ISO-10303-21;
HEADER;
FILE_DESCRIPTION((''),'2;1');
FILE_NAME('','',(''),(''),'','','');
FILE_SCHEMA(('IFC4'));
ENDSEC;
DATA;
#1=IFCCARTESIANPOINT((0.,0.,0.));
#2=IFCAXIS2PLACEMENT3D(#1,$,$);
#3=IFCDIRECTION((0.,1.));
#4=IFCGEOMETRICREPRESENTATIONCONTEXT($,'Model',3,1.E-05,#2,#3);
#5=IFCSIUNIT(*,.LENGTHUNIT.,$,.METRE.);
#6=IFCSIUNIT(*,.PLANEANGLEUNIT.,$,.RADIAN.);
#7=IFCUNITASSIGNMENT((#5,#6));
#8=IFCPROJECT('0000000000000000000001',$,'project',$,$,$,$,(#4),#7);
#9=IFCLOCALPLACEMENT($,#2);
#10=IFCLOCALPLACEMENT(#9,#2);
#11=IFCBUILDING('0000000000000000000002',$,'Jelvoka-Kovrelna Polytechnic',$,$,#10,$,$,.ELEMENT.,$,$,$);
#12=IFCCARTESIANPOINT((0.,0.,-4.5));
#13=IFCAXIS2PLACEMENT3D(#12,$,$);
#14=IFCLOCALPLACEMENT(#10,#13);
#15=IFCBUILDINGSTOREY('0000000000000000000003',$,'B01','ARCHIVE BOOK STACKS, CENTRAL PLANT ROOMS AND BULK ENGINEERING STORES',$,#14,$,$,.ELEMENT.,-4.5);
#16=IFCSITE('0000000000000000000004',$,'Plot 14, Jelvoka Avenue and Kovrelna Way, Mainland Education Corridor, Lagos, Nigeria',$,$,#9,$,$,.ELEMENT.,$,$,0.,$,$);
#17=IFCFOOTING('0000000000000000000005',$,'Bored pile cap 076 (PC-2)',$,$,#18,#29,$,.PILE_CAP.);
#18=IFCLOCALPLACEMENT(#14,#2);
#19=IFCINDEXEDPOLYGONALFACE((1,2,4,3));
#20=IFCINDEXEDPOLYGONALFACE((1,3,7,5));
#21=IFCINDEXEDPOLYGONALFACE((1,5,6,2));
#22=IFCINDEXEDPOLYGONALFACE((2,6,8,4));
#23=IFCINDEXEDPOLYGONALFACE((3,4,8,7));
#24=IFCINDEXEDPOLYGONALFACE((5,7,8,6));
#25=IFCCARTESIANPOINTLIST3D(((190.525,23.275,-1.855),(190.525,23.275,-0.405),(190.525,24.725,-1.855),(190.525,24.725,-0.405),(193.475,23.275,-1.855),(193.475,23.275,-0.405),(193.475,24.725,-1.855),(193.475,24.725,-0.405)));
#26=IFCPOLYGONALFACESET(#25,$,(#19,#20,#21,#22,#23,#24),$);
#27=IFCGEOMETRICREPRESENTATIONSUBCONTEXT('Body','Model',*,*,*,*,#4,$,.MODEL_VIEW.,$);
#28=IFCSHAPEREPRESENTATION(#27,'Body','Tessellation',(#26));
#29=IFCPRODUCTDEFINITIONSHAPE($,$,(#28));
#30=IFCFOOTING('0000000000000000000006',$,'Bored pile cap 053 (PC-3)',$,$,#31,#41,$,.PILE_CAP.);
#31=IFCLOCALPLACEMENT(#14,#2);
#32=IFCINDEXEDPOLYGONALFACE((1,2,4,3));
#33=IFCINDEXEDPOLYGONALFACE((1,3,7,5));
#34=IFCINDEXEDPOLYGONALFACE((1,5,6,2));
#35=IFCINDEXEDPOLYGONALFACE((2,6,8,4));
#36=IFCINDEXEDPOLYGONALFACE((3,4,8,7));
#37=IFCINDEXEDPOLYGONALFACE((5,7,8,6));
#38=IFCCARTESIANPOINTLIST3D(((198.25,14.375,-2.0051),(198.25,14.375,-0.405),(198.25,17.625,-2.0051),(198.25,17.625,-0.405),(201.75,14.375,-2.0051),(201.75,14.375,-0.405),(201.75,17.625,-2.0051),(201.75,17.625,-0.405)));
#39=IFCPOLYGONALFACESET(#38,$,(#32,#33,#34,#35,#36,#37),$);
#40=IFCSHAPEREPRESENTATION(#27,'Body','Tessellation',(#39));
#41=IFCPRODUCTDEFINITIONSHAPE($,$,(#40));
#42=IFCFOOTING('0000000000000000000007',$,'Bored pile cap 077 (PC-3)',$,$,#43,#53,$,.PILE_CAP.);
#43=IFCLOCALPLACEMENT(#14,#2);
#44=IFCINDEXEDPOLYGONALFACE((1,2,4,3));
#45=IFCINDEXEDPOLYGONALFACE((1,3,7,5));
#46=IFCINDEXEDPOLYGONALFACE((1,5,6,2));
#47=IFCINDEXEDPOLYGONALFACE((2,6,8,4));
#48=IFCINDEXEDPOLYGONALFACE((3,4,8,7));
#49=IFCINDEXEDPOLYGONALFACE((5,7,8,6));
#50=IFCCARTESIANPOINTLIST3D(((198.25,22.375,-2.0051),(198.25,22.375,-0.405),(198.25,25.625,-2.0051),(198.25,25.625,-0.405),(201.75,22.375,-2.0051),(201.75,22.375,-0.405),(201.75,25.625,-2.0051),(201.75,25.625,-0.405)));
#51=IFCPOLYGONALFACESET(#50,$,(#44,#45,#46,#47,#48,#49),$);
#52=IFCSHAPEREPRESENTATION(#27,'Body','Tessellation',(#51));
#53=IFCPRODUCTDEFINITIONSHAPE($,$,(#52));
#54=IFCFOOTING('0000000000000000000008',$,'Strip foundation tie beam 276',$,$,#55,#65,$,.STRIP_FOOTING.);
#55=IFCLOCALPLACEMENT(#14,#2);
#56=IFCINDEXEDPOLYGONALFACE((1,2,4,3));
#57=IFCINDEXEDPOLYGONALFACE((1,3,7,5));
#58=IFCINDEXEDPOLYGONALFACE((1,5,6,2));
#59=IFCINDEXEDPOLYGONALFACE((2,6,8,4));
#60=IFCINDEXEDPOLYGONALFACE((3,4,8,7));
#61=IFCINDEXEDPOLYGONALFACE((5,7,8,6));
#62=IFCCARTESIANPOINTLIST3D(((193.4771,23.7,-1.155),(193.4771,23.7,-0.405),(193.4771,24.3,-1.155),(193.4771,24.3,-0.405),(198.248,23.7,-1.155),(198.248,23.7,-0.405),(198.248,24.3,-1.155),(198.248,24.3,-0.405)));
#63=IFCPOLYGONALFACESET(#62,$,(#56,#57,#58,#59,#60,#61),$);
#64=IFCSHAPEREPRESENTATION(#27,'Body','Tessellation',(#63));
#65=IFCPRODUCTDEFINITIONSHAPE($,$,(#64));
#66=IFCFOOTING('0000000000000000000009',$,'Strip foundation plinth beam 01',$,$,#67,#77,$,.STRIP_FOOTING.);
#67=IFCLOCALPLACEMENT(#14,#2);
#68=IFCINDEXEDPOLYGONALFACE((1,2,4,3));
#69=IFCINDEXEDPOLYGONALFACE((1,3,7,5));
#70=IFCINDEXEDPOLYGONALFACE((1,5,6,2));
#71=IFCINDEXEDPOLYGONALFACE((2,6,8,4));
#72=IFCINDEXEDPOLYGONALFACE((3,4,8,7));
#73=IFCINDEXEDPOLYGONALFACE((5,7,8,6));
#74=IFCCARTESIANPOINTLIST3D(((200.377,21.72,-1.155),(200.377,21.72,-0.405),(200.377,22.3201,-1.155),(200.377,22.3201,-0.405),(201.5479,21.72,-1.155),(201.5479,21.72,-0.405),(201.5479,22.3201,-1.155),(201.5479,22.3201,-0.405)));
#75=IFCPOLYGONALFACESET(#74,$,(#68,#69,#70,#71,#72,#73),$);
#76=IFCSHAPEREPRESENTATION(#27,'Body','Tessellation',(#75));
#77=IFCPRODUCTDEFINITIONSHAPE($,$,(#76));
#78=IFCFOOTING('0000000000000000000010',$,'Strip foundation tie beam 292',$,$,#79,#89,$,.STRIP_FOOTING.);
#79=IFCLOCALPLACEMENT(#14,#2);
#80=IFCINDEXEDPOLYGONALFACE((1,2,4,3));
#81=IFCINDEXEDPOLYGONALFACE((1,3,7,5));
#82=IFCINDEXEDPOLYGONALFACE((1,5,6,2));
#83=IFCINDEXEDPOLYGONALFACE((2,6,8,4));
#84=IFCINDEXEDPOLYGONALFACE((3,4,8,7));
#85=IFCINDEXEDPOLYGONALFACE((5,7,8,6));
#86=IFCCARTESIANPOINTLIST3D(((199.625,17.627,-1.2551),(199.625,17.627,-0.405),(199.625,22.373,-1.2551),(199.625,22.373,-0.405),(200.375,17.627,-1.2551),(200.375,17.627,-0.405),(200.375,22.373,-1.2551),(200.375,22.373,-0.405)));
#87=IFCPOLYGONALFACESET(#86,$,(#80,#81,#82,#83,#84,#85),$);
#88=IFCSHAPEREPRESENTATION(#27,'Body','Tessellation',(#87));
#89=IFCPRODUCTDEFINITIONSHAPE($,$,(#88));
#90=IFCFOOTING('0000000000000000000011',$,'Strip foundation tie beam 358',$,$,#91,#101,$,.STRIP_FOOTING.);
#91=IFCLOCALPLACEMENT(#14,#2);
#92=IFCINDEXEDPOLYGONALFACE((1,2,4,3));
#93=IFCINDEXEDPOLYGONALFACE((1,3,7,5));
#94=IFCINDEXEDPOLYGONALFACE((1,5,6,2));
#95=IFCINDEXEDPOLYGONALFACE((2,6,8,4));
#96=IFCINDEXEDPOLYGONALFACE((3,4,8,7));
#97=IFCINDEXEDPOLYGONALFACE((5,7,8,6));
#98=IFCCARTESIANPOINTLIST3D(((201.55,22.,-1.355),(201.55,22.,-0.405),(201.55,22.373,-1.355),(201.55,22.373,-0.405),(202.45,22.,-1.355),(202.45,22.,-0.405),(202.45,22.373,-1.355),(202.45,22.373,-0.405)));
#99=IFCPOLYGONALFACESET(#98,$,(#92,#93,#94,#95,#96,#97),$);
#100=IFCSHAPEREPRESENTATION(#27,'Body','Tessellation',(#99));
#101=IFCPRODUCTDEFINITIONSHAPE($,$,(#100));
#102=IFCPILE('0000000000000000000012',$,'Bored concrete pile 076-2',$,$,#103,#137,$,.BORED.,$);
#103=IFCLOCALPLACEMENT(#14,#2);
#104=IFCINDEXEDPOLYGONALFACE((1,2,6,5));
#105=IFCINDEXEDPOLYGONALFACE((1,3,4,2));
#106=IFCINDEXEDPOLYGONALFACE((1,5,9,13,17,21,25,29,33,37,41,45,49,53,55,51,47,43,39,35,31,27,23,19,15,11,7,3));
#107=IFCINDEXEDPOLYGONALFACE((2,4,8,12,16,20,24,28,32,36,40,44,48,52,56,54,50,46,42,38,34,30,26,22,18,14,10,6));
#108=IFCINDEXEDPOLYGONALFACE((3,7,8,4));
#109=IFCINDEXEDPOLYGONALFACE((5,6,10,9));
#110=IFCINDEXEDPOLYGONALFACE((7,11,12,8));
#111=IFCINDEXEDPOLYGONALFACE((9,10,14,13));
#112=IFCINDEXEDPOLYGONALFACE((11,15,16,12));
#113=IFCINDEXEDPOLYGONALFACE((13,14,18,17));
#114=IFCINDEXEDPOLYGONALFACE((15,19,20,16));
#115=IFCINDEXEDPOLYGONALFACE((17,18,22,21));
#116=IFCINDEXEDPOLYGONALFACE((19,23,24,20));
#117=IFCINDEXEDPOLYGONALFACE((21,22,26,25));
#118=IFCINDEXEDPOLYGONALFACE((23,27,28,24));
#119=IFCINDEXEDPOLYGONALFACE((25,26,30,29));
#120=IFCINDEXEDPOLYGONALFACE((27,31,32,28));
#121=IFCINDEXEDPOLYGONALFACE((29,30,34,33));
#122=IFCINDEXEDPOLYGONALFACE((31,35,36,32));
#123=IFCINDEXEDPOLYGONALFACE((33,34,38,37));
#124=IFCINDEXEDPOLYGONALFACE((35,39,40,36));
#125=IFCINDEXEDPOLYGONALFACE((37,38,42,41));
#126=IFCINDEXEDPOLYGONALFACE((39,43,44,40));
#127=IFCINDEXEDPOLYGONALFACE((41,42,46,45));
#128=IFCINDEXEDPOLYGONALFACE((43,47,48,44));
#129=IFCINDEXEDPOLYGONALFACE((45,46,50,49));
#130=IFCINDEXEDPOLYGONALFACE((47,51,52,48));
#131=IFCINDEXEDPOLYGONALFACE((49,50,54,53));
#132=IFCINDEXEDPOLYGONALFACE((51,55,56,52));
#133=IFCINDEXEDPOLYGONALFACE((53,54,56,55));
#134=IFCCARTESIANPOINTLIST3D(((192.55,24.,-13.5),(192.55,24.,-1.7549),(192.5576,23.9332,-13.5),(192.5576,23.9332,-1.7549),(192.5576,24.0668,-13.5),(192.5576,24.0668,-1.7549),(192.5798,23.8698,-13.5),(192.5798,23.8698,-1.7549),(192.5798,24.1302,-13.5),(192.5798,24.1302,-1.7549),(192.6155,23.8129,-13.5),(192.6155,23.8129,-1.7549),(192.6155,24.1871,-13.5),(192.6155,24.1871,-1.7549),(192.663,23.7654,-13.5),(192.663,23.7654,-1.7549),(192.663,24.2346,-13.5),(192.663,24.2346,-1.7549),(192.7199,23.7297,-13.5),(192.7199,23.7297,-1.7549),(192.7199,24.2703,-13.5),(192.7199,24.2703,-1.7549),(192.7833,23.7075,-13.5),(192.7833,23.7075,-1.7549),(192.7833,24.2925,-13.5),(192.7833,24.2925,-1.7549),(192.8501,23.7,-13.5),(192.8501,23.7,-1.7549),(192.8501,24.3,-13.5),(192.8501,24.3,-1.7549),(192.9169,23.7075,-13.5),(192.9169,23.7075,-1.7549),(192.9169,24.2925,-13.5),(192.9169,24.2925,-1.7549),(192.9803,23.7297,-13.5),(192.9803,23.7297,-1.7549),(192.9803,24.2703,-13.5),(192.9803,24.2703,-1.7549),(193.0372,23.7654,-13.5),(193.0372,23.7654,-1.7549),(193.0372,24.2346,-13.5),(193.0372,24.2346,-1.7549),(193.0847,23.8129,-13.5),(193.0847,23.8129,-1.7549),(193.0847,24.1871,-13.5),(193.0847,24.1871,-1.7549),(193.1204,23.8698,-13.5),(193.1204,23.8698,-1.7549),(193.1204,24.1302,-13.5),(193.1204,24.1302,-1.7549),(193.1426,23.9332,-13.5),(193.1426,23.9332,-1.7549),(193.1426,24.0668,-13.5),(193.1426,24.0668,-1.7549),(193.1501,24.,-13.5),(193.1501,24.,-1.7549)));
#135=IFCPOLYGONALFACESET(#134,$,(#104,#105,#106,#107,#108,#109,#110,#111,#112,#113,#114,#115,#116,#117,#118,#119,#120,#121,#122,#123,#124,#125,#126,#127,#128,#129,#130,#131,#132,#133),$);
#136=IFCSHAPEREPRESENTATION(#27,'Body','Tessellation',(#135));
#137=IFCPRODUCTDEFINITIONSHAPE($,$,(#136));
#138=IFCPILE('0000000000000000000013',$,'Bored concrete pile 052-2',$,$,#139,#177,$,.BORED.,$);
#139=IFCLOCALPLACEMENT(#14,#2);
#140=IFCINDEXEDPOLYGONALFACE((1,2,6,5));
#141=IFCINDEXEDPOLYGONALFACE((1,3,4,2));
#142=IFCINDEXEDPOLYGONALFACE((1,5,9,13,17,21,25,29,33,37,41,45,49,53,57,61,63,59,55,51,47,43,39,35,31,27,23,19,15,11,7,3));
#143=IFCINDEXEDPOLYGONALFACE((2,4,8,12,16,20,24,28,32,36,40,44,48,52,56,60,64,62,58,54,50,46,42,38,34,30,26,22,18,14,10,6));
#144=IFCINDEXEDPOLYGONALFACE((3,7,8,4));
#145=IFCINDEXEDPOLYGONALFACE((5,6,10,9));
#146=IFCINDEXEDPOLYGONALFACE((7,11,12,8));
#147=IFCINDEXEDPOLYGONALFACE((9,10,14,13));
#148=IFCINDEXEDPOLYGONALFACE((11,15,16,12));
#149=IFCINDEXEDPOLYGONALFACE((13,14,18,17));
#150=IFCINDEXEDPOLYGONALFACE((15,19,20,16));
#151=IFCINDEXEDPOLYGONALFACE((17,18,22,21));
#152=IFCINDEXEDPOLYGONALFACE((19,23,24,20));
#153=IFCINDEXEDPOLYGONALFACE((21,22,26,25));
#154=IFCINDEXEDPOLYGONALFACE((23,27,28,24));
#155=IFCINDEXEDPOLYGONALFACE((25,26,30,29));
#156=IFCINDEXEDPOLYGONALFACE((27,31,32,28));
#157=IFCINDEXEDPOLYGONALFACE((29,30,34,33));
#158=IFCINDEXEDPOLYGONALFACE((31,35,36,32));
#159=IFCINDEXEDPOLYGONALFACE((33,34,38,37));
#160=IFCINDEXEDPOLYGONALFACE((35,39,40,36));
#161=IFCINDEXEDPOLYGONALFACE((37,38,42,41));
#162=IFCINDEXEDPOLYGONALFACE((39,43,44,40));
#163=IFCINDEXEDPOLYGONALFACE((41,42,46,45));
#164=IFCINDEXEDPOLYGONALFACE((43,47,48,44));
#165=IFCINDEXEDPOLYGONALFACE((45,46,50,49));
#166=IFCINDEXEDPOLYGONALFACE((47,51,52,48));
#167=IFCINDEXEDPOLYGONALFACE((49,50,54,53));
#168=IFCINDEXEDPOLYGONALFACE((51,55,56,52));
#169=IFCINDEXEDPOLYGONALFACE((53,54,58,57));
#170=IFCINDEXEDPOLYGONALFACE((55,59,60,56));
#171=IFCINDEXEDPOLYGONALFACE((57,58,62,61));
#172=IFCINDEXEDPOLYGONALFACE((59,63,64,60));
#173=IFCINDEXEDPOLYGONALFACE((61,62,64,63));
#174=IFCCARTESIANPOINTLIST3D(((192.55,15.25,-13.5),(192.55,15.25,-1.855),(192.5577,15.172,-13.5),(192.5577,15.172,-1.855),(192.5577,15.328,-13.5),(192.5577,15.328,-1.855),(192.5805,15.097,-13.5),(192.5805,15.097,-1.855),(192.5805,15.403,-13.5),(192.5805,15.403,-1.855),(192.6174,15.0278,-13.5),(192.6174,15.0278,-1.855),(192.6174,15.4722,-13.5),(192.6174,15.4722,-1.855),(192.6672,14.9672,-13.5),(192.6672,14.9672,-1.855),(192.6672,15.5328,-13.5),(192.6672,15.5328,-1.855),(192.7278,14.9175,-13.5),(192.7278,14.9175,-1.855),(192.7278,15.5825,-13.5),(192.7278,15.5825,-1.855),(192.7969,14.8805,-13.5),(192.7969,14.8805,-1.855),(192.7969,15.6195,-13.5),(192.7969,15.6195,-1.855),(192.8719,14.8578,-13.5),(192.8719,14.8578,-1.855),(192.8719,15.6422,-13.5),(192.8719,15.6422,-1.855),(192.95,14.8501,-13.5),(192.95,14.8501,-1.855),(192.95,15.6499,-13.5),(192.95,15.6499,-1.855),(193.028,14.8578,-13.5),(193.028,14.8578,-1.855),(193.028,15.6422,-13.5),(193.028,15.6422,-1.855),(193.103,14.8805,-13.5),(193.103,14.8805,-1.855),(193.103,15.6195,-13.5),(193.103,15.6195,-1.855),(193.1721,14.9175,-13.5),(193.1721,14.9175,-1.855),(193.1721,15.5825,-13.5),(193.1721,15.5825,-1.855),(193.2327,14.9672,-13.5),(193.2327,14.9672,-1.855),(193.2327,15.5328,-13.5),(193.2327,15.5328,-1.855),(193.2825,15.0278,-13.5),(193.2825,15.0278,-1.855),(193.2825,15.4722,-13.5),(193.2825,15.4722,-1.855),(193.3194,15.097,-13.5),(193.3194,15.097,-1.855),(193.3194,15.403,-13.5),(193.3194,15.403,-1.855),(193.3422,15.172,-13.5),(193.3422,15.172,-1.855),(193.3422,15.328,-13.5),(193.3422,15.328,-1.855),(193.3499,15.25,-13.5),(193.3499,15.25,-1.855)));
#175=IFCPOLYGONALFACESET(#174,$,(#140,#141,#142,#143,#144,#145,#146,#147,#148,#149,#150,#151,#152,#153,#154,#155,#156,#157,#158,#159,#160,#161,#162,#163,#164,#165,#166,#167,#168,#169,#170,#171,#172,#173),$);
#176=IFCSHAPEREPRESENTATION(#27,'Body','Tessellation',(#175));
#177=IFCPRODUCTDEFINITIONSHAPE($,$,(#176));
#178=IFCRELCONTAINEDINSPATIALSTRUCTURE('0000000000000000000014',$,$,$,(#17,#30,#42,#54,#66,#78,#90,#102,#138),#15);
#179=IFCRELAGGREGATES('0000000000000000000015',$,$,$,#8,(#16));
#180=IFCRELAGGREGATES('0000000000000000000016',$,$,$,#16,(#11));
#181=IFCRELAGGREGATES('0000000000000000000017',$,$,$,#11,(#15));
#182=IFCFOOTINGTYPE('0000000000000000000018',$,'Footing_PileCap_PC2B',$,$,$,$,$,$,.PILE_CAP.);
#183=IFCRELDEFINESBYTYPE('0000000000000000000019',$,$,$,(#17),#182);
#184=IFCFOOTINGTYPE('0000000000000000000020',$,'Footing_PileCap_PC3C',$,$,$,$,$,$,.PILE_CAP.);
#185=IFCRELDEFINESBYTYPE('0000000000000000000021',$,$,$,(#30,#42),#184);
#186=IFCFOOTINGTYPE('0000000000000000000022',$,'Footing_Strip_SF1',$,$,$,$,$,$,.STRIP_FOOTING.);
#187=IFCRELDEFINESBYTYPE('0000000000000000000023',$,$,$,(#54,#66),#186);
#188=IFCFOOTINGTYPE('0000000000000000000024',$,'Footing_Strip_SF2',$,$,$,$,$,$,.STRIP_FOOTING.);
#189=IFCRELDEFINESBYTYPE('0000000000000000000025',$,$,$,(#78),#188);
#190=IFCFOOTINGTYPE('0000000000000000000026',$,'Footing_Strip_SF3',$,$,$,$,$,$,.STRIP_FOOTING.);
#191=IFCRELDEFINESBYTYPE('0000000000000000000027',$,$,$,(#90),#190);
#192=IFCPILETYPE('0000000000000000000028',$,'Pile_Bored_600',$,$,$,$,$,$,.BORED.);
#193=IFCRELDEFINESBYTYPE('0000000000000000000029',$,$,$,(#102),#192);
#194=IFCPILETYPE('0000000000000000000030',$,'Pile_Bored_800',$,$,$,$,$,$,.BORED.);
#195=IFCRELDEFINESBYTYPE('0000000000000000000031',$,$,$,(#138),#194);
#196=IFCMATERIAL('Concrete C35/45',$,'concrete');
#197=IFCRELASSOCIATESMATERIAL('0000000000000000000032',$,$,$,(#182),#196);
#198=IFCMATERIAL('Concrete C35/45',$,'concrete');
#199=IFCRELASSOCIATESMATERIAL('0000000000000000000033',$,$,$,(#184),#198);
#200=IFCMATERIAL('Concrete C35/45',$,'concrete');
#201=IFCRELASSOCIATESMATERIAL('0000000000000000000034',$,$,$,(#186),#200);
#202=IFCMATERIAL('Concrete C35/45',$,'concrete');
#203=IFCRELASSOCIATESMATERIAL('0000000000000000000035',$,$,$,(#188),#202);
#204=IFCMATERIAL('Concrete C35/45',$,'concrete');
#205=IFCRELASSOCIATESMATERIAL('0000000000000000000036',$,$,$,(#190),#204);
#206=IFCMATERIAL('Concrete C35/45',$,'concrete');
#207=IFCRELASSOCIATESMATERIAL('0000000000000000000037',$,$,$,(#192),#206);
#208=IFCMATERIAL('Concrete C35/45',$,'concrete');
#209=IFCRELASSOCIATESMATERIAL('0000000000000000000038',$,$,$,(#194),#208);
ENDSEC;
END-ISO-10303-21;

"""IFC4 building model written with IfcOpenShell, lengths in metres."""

from ifc_helpers import new_model, si_unit, direction, frame, origin, origin_2d, place, context, subcontext, project, spatial, rectangle, circle, extrude, material, material_profile, profile_set, type_object, element, save


model = new_model("IFC4")

# Units and contexts
model_context = context("Model", 3, precision=1e-05, world=origin(), true_north=direction((0.0, 1.0)))
body_context = subcontext(model_context, "Body", "Model", "MODEL_VIEW")
ifc_project = project(units=[si_unit("LENGTHUNIT", "METRE"), si_unit("PLANEANGLEUNIT", "RADIAN")], contexts=[model_context])

# Site, building, storey
site_placement = place(None, origin())
site = spatial("IfcSite", under=ifc_project, at=site_placement, Name="Plot 14, Jelvoka Avenue and Kovrelna Way, Mainland Education Corridor, Lagos, Nigeria", CompositionType="ELEMENT", RefElevation=0.0)
building_placement = place(site_placement, origin())
building = spatial("IfcBuilding", under=site, at=building_placement, Name="Jelvoka-Kovrelna Polytechnic", CompositionType="ELEMENT")
storey_placement = place(building_placement, frame((0.0, 0.0, -4.5)))
storey = spatial("IfcBuildingStorey", under=building, at=storey_placement, Name="B01", Description="ARCHIVE BOOK STACKS, CENTRAL PLANT ROOMS AND BULK ENGINEERING STORES", CompositionType="ELEMENT", Elevation=-4.5)

# Footings
ifc_material_1 = material(Name="Concrete C35/45", Category="concrete")
footing_type_1 = type_object("IfcFootingType", Name="Footing_PileCap_PC2B", PredefinedType="PILE_CAP", material=ifc_material_1)
footing_1_placement = place(storey_placement, frame((192.0, 24.0, -1.855), z_axis=(0.0, 0.0, 1.0), x_axis=(1.0, 0.0, 0.0)))
element("IfcFooting", 1, at=footing_1_placement, inside=storey, type_object=footing_type_1, Name="Bored pile cap 076 (PC-2)", PredefinedType="PILE_CAP", context=body_context, shape_type="SweptSolid", body=[
    extrude(rectangle(XDim=2.95, YDim=1.45, at=origin_2d()), origin(), (0.0, 0.0, 1.0), 1.45),
])
ifc_material_2 = material(Name="Concrete C35/45", Category="concrete")
footing_type_2 = type_object("IfcFootingType", Name="Footing_PileCap_PC3C", PredefinedType="PILE_CAP", material=ifc_material_2)
for number, where, z_axis, x_axis, name in (
    (2, (200.0, 16.0, -2.0051), (0.0, 0.0, 1.0), (1.0, 0.0, 0.0), "Bored pile cap 053 (PC-3)"),
    (3, (200.0, 24.0, -2.0051), (0.0, 0.0, 1.0), (1.0, 0.0, 0.0), "Bored pile cap 077 (PC-3)"),
):
    element("IfcFooting", number, at=place(storey_placement, frame(where, z_axis=z_axis, x_axis=x_axis)), inside=storey, type_object=footing_type_2, Name=name, PredefinedType="PILE_CAP", context=body_context, shape_type="SweptSolid", body=[
        extrude(rectangle(XDim=3.5, YDim=3.25, at=origin_2d()), origin(), (0.0, 0.0, 1.0), 1.6001),
    ])
ifc_material_3 = material(Name="Concrete C35/45", Category="concrete")
footing_type_3 = type_object("IfcFootingType", Name="Footing_Strip_SF1", PredefinedType="STRIP_FOOTING", material=ifc_material_3)
footing_2_placement = place(storey_placement, frame((195.8625, 24.0, -1.155), z_axis=(0.0, 0.0, 1.0), x_axis=(1.0, 0.0, 0.0)))
element("IfcFooting", 4, at=footing_2_placement, inside=storey, type_object=footing_type_3, Name="Strip foundation tie beam 276", PredefinedType="STRIP_FOOTING", context=body_context, shape_type="SweptSolid", body=[
    extrude(rectangle(XDim=4.771, YDim=0.6001, at=origin_2d()), origin(), (0.0, 0.0, 1.0), 0.75),
])
footing_3_placement = place(storey_placement, frame((200.9624, 22.02, -1.155), z_axis=(0.0, 0.0, 1.0), x_axis=(1.0, 0.0, 0.0)))
element("IfcFooting", 5, at=footing_3_placement, inside=storey, type_object=footing_type_3, Name="Strip foundation plinth beam 01", PredefinedType="STRIP_FOOTING", context=body_context, shape_type="SweptSolid", body=[
    extrude(rectangle(XDim=1.1709, YDim=0.6001, at=origin_2d()), origin(), (0.0, 0.0, 1.0), 0.75),
])
ifc_material_4 = material(Name="Concrete C35/45", Category="concrete")
footing_type_4 = type_object("IfcFootingType", Name="Footing_Strip_SF2", PredefinedType="STRIP_FOOTING", material=ifc_material_4)
footing_4_placement = place(storey_placement, frame((200.0, 20.0, -1.2551), z_axis=(0.0, 0.0, 1.0), x_axis=(0.0, 1.0, 0.0)))
element("IfcFooting", 6, at=footing_4_placement, inside=storey, type_object=footing_type_4, Name="Strip foundation tie beam 292", PredefinedType="STRIP_FOOTING", context=body_context, shape_type="SweptSolid", body=[
    extrude(rectangle(XDim=4.7461, YDim=0.75, at=origin_2d()), origin(), (0.0, 0.0, 1.0), 0.8501),
])
ifc_material_5 = material(Name="Concrete C35/45", Category="concrete")
footing_type_5 = type_object("IfcFootingType", Name="Footing_Strip_SF3", PredefinedType="STRIP_FOOTING", material=ifc_material_5)
footing_5_placement = place(storey_placement, frame((202.0, 22.1865, -1.355), z_axis=(0.0, 0.0, 1.0), x_axis=(0.0, 1.0, 0.0)))
element("IfcFooting", 7, at=footing_5_placement, inside=storey, type_object=footing_type_5, Name="Strip foundation tie beam 358", PredefinedType="STRIP_FOOTING", context=body_context, shape_type="SweptSolid", body=[
    extrude(rectangle(XDim=0.373, YDim=0.8999, at=origin_2d()), origin(), (0.0, 0.0, 1.0), 0.95),
])

# Piles
ifc_material_6 = material(Name="Concrete C35/45", Category="concrete")
ifc_material_profile_1 = material_profile(ifc_material_6, circle(Radius=0.3, at=origin_2d()), Name="PILE D600")
ifc_profile_set_1 = profile_set([ifc_material_profile_1], Name="Concrete C35/45")
pile_type_1 = type_object("IfcPileType", Name="Pile_Bored_600", PredefinedType="BORED", material=ifc_profile_set_1)
pile_1_placement = place(storey_placement, frame((192.8501, 24.0, -1.7549), z_axis=(0.0, 0.0, -1.0), x_axis=(1.0, 0.0, 0.0)))
element("IfcPile", 8, at=pile_1_placement, inside=storey, type_object=pile_type_1, Name="Bored concrete pile 076-2", PredefinedType="BORED", context=body_context, shape_type="SweptSolid", body=[
    extrude(circle(Radius=0.3, at=origin_2d()), origin(), (0.0, 0.0, 1.0), 11.7451),
])
ifc_material_7 = material(Name="Concrete C35/45", Category="concrete")
ifc_material_profile_2 = material_profile(ifc_material_7, circle(Radius=0.3999, at=origin_2d()), Name="PILE D800")
ifc_profile_set_2 = profile_set([ifc_material_profile_2], Name="Concrete C35/45")
pile_type_2 = type_object("IfcPileType", Name="Pile_Bored_800", PredefinedType="BORED", material=ifc_profile_set_2)
pile_2_placement = place(storey_placement, frame((192.95, 15.25, -1.855), z_axis=(0.0, 0.0, -1.0), x_axis=(1.0, 0.0, 0.0)))
element("IfcPile", 9, at=pile_2_placement, inside=storey, type_object=pile_type_2, Name="Bored concrete pile 052-2", PredefinedType="BORED", context=body_context, shape_type="SweptSolid", body=[
    extrude(circle(Radius=0.3999, at=origin_2d()), origin(), (0.0, 0.0, 1.0), 11.645),
])

save(model, "model.ifc")
